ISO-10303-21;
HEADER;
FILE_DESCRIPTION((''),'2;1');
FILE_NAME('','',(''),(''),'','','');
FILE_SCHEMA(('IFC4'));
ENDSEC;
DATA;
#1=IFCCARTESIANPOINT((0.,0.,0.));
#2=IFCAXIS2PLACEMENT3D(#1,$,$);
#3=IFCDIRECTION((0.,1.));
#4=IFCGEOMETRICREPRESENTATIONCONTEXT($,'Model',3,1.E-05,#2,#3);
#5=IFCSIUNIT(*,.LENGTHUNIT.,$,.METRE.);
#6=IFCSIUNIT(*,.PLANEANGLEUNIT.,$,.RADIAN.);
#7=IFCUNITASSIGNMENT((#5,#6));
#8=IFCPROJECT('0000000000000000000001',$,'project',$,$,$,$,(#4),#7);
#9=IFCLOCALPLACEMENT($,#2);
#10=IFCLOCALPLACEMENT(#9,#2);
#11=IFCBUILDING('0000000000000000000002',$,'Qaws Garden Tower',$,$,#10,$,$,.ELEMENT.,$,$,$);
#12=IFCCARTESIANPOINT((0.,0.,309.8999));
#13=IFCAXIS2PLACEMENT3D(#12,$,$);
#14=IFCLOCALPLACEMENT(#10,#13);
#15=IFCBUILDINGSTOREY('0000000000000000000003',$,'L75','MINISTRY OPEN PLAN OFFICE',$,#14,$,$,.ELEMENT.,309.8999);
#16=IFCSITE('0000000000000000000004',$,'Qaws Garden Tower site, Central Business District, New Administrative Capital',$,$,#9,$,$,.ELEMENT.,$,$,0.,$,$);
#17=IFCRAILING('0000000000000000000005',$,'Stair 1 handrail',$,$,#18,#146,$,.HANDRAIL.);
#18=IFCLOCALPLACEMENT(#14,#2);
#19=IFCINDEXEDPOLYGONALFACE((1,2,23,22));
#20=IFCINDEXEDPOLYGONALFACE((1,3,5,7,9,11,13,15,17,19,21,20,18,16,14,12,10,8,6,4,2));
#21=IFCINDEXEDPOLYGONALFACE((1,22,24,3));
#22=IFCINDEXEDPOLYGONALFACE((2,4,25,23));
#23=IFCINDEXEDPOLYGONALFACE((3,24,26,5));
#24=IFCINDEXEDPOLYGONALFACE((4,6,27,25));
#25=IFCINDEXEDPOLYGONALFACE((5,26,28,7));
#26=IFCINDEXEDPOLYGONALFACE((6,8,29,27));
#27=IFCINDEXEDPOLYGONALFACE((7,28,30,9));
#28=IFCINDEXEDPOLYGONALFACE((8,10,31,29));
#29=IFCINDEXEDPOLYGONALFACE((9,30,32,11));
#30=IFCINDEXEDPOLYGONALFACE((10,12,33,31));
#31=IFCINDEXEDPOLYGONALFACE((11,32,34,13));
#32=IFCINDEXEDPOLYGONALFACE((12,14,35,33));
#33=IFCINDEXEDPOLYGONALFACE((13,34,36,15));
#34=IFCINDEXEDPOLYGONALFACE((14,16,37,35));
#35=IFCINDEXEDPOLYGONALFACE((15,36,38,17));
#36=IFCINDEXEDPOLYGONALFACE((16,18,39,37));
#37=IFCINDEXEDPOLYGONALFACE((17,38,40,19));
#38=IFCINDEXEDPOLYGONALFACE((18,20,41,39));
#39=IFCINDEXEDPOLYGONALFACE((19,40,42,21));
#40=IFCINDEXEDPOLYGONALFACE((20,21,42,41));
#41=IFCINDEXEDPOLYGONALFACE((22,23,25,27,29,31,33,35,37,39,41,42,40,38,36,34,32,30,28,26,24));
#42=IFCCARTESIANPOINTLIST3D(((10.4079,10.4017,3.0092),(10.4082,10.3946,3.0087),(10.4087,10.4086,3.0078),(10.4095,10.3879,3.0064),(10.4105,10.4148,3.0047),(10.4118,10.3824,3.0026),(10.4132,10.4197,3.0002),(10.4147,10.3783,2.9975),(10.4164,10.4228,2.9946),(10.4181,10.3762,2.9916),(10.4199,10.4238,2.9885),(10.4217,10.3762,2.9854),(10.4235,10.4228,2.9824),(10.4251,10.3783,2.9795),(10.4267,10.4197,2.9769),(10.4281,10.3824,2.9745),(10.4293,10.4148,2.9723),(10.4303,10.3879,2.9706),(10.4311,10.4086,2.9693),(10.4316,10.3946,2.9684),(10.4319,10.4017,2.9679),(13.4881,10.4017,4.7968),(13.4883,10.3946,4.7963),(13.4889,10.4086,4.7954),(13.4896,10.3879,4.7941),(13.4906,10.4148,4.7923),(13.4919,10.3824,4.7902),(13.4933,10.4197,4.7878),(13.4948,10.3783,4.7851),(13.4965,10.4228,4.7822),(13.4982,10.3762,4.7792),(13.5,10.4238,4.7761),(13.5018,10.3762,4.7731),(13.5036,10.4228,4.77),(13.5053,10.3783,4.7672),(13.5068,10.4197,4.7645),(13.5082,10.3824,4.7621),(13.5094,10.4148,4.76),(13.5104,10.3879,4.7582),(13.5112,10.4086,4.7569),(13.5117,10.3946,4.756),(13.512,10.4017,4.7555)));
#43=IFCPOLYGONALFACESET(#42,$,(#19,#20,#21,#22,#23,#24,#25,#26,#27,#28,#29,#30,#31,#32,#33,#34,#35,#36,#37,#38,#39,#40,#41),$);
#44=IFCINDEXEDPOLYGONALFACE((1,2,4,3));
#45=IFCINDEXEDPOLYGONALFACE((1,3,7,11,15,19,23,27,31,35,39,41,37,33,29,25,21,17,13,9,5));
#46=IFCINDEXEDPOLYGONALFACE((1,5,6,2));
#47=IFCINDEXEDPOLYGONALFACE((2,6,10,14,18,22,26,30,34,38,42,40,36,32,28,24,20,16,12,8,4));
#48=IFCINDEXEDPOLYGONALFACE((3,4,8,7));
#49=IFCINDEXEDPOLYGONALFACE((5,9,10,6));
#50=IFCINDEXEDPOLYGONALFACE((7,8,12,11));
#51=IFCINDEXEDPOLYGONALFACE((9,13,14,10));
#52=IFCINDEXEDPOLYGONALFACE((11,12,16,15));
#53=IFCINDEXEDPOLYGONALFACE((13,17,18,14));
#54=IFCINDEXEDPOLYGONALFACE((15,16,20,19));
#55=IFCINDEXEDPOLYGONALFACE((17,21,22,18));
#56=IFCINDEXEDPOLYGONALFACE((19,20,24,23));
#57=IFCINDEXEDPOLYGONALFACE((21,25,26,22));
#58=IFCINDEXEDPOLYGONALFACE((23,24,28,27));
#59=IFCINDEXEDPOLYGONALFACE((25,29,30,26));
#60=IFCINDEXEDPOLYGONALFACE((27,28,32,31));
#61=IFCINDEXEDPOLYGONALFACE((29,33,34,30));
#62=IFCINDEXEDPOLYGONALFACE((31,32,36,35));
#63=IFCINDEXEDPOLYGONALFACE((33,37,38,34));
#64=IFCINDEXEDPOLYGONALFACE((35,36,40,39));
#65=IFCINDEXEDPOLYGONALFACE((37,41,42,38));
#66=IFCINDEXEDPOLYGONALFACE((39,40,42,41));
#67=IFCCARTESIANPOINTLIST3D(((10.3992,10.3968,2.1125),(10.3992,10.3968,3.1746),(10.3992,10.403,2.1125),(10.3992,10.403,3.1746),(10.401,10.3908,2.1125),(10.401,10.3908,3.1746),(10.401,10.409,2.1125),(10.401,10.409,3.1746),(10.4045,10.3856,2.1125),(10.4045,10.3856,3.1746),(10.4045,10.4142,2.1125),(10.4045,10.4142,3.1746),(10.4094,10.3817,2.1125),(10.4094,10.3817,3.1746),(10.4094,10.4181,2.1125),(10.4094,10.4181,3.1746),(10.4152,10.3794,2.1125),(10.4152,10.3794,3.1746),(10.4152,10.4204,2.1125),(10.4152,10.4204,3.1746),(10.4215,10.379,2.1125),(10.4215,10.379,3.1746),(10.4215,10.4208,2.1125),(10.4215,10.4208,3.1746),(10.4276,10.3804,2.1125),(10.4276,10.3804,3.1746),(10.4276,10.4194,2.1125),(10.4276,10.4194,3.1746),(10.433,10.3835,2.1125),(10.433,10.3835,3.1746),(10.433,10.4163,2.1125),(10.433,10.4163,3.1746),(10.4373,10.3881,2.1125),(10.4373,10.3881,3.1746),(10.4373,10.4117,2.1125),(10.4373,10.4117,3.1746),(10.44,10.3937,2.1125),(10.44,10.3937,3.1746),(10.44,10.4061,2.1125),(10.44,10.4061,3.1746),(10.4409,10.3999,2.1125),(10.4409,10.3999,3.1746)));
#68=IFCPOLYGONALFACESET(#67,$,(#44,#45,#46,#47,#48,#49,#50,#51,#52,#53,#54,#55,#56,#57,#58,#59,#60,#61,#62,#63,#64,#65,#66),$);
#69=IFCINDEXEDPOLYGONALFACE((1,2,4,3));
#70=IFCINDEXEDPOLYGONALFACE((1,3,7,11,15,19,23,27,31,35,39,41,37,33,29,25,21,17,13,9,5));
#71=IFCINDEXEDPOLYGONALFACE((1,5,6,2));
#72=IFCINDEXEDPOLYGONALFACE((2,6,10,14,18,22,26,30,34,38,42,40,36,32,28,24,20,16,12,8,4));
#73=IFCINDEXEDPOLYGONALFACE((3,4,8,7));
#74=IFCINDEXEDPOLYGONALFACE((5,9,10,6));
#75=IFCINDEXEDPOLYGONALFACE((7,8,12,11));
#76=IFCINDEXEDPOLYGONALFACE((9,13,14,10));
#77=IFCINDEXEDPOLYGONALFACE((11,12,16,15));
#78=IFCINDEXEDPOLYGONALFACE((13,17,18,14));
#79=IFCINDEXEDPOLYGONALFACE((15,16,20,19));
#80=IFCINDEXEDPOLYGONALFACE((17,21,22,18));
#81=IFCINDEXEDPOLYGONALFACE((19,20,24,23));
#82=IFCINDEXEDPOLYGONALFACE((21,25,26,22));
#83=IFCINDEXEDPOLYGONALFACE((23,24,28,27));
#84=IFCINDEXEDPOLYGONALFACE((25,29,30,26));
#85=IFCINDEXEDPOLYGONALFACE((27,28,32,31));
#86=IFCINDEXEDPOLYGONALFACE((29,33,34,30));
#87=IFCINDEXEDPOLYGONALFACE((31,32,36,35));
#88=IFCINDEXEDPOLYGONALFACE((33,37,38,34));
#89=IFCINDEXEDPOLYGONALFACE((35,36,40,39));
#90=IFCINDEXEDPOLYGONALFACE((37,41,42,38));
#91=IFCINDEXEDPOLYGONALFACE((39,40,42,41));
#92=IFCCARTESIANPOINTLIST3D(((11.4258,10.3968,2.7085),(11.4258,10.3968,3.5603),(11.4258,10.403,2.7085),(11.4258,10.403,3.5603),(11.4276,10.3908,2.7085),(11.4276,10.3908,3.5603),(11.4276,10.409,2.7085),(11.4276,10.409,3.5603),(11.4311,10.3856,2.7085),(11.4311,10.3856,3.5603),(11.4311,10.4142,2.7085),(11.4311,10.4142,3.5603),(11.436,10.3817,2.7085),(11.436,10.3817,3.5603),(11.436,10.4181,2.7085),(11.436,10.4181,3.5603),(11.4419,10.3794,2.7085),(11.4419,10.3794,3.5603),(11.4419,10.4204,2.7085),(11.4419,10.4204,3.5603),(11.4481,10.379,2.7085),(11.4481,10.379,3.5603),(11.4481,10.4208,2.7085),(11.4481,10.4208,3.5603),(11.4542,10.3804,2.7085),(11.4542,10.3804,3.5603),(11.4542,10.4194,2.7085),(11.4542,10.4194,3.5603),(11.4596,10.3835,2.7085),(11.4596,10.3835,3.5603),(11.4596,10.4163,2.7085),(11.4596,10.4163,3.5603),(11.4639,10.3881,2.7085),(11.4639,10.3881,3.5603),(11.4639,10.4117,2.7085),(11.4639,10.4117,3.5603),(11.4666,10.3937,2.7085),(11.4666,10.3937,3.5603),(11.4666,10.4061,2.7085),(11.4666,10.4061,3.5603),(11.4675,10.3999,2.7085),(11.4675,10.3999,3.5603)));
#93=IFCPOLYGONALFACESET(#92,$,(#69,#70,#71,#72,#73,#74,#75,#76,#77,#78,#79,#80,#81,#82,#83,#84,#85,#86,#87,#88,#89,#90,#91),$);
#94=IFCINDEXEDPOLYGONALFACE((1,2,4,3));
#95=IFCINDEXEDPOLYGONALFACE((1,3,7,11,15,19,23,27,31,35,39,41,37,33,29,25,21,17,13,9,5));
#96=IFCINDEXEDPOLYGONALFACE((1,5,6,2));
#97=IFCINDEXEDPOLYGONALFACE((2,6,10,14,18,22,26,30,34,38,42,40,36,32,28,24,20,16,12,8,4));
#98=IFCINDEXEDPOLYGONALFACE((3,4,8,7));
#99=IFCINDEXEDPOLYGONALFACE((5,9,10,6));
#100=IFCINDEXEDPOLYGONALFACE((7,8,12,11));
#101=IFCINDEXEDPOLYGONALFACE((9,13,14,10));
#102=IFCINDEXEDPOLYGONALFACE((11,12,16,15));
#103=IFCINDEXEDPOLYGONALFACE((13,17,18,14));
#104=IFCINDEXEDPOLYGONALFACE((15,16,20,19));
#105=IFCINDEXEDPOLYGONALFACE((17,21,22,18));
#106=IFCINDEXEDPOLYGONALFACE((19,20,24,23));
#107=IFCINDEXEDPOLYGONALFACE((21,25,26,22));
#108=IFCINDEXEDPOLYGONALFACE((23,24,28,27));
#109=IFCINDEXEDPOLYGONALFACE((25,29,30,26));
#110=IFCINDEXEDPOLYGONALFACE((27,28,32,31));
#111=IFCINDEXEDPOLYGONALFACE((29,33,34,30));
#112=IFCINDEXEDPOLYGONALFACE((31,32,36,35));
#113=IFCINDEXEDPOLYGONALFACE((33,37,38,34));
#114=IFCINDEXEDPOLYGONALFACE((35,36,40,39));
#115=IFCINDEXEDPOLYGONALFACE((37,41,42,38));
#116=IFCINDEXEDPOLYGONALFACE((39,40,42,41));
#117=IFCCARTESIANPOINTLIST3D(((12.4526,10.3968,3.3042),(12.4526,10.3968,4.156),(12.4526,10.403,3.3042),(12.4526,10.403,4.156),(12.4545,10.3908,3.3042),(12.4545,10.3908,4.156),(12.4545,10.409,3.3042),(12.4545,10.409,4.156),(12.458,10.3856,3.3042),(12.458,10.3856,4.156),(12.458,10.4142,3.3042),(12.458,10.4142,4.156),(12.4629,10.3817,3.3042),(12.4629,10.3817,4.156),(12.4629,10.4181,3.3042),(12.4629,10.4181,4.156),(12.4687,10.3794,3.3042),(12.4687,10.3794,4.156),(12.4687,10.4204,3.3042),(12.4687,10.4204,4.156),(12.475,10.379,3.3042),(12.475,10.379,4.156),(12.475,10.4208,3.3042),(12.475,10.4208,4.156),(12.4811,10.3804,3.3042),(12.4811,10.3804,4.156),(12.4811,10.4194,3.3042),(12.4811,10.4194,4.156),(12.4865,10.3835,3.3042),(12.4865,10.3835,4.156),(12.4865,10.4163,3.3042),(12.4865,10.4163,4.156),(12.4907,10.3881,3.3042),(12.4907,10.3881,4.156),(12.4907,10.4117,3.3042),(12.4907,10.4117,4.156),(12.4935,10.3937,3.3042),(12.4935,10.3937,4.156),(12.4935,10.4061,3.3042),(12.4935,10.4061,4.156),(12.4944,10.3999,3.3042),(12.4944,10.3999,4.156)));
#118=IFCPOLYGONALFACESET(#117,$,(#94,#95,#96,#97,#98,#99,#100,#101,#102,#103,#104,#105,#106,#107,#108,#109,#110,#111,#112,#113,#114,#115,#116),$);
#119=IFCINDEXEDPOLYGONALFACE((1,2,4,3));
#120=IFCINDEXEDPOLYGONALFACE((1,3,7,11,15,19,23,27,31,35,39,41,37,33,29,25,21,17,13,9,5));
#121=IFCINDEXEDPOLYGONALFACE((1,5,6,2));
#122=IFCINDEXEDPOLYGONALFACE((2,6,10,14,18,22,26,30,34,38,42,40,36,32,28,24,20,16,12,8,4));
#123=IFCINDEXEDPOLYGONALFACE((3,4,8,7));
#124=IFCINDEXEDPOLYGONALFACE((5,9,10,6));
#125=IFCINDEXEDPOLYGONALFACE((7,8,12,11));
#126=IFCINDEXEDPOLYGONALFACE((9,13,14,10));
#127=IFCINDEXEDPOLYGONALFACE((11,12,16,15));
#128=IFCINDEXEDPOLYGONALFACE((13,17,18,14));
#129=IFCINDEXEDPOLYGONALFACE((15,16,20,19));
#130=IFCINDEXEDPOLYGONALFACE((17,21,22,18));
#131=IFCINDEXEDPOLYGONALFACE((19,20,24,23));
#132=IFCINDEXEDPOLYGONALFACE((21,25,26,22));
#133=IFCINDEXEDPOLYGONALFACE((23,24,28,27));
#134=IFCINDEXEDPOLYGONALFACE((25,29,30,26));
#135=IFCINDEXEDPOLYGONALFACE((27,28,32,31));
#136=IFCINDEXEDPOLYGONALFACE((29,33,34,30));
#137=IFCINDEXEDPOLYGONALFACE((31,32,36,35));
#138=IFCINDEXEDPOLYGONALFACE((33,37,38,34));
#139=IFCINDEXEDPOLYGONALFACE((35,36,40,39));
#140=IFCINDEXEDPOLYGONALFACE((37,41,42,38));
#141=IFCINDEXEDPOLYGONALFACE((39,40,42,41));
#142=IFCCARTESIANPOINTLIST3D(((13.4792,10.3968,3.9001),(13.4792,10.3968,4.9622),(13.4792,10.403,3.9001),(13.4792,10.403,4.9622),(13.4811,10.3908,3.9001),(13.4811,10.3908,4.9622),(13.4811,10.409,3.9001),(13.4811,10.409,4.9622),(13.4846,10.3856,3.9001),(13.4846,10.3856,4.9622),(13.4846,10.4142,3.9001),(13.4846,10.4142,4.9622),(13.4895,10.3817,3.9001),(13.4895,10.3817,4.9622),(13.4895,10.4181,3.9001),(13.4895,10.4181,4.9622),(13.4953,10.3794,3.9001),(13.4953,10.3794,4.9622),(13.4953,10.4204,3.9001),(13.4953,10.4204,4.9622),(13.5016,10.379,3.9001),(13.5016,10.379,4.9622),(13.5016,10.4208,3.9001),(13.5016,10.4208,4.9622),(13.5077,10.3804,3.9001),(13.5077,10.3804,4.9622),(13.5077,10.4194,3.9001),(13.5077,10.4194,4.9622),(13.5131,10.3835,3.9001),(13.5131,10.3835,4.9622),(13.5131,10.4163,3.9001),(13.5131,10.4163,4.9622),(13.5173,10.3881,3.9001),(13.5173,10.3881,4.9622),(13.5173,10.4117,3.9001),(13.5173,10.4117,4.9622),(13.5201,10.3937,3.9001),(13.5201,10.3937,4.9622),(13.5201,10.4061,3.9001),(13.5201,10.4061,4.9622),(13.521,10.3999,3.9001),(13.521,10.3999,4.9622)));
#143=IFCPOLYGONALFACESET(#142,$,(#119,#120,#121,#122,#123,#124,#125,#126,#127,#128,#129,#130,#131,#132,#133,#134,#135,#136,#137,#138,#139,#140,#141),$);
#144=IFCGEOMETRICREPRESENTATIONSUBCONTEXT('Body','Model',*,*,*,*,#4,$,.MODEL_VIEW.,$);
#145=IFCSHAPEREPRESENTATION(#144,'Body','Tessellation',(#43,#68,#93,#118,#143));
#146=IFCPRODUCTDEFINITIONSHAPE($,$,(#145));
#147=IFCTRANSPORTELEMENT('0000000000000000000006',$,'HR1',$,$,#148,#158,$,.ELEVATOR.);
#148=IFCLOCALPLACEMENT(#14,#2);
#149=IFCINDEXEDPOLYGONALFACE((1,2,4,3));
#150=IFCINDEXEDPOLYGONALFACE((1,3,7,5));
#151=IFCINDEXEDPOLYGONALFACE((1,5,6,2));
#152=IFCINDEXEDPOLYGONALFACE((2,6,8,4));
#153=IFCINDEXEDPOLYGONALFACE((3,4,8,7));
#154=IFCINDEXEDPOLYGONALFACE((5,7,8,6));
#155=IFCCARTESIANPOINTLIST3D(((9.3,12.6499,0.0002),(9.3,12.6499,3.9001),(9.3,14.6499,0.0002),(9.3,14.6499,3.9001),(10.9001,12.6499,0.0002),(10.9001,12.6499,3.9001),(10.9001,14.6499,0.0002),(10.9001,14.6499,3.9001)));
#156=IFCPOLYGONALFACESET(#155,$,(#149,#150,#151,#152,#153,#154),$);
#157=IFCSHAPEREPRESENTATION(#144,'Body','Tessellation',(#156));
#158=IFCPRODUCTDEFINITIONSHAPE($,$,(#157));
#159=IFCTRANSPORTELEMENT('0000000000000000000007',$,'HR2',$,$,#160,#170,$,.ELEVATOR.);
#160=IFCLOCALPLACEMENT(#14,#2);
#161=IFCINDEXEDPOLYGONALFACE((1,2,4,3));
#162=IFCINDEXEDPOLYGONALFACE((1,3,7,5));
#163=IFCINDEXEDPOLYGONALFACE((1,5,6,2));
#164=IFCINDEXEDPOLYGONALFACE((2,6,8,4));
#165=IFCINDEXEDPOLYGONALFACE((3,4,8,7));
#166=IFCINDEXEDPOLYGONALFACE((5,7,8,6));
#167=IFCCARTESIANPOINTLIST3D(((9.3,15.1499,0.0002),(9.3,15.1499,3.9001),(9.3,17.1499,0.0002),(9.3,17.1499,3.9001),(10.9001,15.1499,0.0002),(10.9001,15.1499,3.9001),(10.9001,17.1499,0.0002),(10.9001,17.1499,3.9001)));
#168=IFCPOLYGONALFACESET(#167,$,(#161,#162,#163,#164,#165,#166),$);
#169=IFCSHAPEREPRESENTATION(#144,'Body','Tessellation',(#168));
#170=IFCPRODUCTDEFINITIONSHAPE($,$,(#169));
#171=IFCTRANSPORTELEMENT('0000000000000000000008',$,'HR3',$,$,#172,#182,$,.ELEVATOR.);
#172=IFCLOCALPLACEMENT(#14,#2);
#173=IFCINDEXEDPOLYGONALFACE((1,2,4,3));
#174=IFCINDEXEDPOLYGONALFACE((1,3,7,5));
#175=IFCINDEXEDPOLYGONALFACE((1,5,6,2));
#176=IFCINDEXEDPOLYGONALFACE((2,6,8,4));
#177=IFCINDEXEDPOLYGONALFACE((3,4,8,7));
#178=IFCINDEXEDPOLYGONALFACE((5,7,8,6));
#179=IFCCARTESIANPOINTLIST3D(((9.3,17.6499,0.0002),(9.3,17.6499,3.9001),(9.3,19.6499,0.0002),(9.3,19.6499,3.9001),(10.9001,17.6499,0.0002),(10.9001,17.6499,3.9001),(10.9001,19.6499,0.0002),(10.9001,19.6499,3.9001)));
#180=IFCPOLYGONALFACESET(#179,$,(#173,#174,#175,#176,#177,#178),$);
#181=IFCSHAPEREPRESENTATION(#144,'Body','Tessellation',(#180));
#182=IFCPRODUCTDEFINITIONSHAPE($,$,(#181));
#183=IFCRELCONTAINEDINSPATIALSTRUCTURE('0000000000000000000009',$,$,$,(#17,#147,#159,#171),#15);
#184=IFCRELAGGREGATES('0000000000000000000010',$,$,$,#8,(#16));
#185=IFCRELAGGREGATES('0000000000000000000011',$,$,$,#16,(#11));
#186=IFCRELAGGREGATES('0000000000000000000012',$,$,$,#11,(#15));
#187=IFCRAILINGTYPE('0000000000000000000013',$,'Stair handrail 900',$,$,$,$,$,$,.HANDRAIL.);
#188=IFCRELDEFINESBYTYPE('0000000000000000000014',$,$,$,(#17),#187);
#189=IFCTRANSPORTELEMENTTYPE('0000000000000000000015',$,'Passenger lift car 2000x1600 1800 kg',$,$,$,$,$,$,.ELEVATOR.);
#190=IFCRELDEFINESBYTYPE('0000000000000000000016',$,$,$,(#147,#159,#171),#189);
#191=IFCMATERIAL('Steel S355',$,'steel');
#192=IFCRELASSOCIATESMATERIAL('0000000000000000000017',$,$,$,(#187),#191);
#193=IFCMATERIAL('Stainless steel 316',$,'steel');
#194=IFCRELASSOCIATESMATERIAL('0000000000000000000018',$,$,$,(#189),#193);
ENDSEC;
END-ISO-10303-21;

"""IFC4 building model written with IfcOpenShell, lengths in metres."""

from ifc_helpers import new_model, si_unit, direction, frame, origin, origin_2d, place, context, subcontext, project, spatial, rectangle, circle, extrude, material, type_object, element, save


model = new_model("IFC4")

# Units and contexts
model_context = context("Model", 3, precision=1e-05, world=origin(), true_north=direction((0.0, 1.0)))
body_context = subcontext(model_context, "Body", "Model", "MODEL_VIEW")
ifc_project = project(units=[si_unit("LENGTHUNIT", "METRE"), si_unit("PLANEANGLEUNIT", "RADIAN")], contexts=[model_context])

# Site, building, storey
site_placement = place(None, origin())
site = spatial("IfcSite", under=ifc_project, at=site_placement, Name="Qaws Garden Tower site, Central Business District, New Administrative Capital", CompositionType="ELEMENT", RefElevation=0.0)
building_placement = place(site_placement, origin())
building = spatial("IfcBuilding", under=site, at=building_placement, Name="Qaws Garden Tower", CompositionType="ELEMENT")
storey_placement = place(building_placement, frame((0.0, 0.0, 309.8999)))
storey = spatial("IfcBuildingStorey", under=building, at=storey_placement, Name="L75", Description="MINISTRY OPEN PLAN OFFICE", CompositionType="ELEMENT", Elevation=309.8999)

# Railing
ifc_material_1 = material(Name="Steel S355", Category="steel")
railing_type = type_object("IfcRailingType", Name="Stair handrail 900", PredefinedType="HANDRAIL", material=ifc_material_1)
railing_placement = place(storey_placement, frame((10.4199, 10.3999, 2.1125)))
element("IfcRailing", 1, at=railing_placement, inside=storey, type_object=railing_type, Name="Stair 1 handrail", PredefinedType="HANDRAIL", context=body_context, shape_type="SweptSolid", body=[
    extrude(circle(Radius=0.0239, at=origin_2d()), frame((0.0, 0.0, 0.876), z_axis=(0.864891, 0.0, 0.50196), x_axis=(0.0, 1.0, 0.0)), (0.0, 0.0, 1.0), 3.5613),
    extrude(circle(Radius=0.021, at=origin_2d()), origin(), (0.0, 0.0, 1.0), 1.062),
    extrude(circle(Radius=0.021, at=origin_2d()), frame((1.0266, 0.0, 0.5959)), (0.0, 0.0, 1.0), 0.8518),
    extrude(circle(Radius=0.021, at=origin_2d()), frame((2.0535, 0.0, 1.1917)), (0.0, 0.0, 1.0), 0.8518),
    extrude(circle(Radius=0.021, at=origin_2d()), frame((3.0801, 0.0, 1.7876)), (0.0, 0.0, 1.0), 1.062),
])

# Transport elements
ifc_material_2 = material(Name="Stainless steel 316", Category="steel")
transport_element_type = type_object("IfcTransportElementType", Name="Passenger lift car 2000x1600 1800 kg", PredefinedType="ELEVATOR", material=ifc_material_2)
for number, where, z_axis, x_axis, name in (
    (2, (10.1001, 13.6499, 0.0002), (0.0, 0.0, 1.0), (1.0, 0.0, 0.0), "HR1"),
    (3, (10.1001, 16.1499, 0.0002), (0.0, 0.0, 1.0), (1.0, 0.0, 0.0), "HR2"),
    (4, (10.1001, 18.6499, 0.0002), (0.0, 0.0, 1.0), (1.0, 0.0, 0.0), "HR3"),
):
    element("IfcTransportElement", number, at=place(storey_placement, frame(where, z_axis=z_axis, x_axis=x_axis)), inside=storey, type_object=transport_element_type, Name=name, PredefinedType="ELEVATOR", context=body_context, shape_type="SweptSolid", body=[
        extrude(rectangle(XDim=1.6001, YDim=2.0, at=origin_2d()), origin(), (0.0, 0.0, 1.0), 3.8999),
    ])

save(model, "model.ifc")
